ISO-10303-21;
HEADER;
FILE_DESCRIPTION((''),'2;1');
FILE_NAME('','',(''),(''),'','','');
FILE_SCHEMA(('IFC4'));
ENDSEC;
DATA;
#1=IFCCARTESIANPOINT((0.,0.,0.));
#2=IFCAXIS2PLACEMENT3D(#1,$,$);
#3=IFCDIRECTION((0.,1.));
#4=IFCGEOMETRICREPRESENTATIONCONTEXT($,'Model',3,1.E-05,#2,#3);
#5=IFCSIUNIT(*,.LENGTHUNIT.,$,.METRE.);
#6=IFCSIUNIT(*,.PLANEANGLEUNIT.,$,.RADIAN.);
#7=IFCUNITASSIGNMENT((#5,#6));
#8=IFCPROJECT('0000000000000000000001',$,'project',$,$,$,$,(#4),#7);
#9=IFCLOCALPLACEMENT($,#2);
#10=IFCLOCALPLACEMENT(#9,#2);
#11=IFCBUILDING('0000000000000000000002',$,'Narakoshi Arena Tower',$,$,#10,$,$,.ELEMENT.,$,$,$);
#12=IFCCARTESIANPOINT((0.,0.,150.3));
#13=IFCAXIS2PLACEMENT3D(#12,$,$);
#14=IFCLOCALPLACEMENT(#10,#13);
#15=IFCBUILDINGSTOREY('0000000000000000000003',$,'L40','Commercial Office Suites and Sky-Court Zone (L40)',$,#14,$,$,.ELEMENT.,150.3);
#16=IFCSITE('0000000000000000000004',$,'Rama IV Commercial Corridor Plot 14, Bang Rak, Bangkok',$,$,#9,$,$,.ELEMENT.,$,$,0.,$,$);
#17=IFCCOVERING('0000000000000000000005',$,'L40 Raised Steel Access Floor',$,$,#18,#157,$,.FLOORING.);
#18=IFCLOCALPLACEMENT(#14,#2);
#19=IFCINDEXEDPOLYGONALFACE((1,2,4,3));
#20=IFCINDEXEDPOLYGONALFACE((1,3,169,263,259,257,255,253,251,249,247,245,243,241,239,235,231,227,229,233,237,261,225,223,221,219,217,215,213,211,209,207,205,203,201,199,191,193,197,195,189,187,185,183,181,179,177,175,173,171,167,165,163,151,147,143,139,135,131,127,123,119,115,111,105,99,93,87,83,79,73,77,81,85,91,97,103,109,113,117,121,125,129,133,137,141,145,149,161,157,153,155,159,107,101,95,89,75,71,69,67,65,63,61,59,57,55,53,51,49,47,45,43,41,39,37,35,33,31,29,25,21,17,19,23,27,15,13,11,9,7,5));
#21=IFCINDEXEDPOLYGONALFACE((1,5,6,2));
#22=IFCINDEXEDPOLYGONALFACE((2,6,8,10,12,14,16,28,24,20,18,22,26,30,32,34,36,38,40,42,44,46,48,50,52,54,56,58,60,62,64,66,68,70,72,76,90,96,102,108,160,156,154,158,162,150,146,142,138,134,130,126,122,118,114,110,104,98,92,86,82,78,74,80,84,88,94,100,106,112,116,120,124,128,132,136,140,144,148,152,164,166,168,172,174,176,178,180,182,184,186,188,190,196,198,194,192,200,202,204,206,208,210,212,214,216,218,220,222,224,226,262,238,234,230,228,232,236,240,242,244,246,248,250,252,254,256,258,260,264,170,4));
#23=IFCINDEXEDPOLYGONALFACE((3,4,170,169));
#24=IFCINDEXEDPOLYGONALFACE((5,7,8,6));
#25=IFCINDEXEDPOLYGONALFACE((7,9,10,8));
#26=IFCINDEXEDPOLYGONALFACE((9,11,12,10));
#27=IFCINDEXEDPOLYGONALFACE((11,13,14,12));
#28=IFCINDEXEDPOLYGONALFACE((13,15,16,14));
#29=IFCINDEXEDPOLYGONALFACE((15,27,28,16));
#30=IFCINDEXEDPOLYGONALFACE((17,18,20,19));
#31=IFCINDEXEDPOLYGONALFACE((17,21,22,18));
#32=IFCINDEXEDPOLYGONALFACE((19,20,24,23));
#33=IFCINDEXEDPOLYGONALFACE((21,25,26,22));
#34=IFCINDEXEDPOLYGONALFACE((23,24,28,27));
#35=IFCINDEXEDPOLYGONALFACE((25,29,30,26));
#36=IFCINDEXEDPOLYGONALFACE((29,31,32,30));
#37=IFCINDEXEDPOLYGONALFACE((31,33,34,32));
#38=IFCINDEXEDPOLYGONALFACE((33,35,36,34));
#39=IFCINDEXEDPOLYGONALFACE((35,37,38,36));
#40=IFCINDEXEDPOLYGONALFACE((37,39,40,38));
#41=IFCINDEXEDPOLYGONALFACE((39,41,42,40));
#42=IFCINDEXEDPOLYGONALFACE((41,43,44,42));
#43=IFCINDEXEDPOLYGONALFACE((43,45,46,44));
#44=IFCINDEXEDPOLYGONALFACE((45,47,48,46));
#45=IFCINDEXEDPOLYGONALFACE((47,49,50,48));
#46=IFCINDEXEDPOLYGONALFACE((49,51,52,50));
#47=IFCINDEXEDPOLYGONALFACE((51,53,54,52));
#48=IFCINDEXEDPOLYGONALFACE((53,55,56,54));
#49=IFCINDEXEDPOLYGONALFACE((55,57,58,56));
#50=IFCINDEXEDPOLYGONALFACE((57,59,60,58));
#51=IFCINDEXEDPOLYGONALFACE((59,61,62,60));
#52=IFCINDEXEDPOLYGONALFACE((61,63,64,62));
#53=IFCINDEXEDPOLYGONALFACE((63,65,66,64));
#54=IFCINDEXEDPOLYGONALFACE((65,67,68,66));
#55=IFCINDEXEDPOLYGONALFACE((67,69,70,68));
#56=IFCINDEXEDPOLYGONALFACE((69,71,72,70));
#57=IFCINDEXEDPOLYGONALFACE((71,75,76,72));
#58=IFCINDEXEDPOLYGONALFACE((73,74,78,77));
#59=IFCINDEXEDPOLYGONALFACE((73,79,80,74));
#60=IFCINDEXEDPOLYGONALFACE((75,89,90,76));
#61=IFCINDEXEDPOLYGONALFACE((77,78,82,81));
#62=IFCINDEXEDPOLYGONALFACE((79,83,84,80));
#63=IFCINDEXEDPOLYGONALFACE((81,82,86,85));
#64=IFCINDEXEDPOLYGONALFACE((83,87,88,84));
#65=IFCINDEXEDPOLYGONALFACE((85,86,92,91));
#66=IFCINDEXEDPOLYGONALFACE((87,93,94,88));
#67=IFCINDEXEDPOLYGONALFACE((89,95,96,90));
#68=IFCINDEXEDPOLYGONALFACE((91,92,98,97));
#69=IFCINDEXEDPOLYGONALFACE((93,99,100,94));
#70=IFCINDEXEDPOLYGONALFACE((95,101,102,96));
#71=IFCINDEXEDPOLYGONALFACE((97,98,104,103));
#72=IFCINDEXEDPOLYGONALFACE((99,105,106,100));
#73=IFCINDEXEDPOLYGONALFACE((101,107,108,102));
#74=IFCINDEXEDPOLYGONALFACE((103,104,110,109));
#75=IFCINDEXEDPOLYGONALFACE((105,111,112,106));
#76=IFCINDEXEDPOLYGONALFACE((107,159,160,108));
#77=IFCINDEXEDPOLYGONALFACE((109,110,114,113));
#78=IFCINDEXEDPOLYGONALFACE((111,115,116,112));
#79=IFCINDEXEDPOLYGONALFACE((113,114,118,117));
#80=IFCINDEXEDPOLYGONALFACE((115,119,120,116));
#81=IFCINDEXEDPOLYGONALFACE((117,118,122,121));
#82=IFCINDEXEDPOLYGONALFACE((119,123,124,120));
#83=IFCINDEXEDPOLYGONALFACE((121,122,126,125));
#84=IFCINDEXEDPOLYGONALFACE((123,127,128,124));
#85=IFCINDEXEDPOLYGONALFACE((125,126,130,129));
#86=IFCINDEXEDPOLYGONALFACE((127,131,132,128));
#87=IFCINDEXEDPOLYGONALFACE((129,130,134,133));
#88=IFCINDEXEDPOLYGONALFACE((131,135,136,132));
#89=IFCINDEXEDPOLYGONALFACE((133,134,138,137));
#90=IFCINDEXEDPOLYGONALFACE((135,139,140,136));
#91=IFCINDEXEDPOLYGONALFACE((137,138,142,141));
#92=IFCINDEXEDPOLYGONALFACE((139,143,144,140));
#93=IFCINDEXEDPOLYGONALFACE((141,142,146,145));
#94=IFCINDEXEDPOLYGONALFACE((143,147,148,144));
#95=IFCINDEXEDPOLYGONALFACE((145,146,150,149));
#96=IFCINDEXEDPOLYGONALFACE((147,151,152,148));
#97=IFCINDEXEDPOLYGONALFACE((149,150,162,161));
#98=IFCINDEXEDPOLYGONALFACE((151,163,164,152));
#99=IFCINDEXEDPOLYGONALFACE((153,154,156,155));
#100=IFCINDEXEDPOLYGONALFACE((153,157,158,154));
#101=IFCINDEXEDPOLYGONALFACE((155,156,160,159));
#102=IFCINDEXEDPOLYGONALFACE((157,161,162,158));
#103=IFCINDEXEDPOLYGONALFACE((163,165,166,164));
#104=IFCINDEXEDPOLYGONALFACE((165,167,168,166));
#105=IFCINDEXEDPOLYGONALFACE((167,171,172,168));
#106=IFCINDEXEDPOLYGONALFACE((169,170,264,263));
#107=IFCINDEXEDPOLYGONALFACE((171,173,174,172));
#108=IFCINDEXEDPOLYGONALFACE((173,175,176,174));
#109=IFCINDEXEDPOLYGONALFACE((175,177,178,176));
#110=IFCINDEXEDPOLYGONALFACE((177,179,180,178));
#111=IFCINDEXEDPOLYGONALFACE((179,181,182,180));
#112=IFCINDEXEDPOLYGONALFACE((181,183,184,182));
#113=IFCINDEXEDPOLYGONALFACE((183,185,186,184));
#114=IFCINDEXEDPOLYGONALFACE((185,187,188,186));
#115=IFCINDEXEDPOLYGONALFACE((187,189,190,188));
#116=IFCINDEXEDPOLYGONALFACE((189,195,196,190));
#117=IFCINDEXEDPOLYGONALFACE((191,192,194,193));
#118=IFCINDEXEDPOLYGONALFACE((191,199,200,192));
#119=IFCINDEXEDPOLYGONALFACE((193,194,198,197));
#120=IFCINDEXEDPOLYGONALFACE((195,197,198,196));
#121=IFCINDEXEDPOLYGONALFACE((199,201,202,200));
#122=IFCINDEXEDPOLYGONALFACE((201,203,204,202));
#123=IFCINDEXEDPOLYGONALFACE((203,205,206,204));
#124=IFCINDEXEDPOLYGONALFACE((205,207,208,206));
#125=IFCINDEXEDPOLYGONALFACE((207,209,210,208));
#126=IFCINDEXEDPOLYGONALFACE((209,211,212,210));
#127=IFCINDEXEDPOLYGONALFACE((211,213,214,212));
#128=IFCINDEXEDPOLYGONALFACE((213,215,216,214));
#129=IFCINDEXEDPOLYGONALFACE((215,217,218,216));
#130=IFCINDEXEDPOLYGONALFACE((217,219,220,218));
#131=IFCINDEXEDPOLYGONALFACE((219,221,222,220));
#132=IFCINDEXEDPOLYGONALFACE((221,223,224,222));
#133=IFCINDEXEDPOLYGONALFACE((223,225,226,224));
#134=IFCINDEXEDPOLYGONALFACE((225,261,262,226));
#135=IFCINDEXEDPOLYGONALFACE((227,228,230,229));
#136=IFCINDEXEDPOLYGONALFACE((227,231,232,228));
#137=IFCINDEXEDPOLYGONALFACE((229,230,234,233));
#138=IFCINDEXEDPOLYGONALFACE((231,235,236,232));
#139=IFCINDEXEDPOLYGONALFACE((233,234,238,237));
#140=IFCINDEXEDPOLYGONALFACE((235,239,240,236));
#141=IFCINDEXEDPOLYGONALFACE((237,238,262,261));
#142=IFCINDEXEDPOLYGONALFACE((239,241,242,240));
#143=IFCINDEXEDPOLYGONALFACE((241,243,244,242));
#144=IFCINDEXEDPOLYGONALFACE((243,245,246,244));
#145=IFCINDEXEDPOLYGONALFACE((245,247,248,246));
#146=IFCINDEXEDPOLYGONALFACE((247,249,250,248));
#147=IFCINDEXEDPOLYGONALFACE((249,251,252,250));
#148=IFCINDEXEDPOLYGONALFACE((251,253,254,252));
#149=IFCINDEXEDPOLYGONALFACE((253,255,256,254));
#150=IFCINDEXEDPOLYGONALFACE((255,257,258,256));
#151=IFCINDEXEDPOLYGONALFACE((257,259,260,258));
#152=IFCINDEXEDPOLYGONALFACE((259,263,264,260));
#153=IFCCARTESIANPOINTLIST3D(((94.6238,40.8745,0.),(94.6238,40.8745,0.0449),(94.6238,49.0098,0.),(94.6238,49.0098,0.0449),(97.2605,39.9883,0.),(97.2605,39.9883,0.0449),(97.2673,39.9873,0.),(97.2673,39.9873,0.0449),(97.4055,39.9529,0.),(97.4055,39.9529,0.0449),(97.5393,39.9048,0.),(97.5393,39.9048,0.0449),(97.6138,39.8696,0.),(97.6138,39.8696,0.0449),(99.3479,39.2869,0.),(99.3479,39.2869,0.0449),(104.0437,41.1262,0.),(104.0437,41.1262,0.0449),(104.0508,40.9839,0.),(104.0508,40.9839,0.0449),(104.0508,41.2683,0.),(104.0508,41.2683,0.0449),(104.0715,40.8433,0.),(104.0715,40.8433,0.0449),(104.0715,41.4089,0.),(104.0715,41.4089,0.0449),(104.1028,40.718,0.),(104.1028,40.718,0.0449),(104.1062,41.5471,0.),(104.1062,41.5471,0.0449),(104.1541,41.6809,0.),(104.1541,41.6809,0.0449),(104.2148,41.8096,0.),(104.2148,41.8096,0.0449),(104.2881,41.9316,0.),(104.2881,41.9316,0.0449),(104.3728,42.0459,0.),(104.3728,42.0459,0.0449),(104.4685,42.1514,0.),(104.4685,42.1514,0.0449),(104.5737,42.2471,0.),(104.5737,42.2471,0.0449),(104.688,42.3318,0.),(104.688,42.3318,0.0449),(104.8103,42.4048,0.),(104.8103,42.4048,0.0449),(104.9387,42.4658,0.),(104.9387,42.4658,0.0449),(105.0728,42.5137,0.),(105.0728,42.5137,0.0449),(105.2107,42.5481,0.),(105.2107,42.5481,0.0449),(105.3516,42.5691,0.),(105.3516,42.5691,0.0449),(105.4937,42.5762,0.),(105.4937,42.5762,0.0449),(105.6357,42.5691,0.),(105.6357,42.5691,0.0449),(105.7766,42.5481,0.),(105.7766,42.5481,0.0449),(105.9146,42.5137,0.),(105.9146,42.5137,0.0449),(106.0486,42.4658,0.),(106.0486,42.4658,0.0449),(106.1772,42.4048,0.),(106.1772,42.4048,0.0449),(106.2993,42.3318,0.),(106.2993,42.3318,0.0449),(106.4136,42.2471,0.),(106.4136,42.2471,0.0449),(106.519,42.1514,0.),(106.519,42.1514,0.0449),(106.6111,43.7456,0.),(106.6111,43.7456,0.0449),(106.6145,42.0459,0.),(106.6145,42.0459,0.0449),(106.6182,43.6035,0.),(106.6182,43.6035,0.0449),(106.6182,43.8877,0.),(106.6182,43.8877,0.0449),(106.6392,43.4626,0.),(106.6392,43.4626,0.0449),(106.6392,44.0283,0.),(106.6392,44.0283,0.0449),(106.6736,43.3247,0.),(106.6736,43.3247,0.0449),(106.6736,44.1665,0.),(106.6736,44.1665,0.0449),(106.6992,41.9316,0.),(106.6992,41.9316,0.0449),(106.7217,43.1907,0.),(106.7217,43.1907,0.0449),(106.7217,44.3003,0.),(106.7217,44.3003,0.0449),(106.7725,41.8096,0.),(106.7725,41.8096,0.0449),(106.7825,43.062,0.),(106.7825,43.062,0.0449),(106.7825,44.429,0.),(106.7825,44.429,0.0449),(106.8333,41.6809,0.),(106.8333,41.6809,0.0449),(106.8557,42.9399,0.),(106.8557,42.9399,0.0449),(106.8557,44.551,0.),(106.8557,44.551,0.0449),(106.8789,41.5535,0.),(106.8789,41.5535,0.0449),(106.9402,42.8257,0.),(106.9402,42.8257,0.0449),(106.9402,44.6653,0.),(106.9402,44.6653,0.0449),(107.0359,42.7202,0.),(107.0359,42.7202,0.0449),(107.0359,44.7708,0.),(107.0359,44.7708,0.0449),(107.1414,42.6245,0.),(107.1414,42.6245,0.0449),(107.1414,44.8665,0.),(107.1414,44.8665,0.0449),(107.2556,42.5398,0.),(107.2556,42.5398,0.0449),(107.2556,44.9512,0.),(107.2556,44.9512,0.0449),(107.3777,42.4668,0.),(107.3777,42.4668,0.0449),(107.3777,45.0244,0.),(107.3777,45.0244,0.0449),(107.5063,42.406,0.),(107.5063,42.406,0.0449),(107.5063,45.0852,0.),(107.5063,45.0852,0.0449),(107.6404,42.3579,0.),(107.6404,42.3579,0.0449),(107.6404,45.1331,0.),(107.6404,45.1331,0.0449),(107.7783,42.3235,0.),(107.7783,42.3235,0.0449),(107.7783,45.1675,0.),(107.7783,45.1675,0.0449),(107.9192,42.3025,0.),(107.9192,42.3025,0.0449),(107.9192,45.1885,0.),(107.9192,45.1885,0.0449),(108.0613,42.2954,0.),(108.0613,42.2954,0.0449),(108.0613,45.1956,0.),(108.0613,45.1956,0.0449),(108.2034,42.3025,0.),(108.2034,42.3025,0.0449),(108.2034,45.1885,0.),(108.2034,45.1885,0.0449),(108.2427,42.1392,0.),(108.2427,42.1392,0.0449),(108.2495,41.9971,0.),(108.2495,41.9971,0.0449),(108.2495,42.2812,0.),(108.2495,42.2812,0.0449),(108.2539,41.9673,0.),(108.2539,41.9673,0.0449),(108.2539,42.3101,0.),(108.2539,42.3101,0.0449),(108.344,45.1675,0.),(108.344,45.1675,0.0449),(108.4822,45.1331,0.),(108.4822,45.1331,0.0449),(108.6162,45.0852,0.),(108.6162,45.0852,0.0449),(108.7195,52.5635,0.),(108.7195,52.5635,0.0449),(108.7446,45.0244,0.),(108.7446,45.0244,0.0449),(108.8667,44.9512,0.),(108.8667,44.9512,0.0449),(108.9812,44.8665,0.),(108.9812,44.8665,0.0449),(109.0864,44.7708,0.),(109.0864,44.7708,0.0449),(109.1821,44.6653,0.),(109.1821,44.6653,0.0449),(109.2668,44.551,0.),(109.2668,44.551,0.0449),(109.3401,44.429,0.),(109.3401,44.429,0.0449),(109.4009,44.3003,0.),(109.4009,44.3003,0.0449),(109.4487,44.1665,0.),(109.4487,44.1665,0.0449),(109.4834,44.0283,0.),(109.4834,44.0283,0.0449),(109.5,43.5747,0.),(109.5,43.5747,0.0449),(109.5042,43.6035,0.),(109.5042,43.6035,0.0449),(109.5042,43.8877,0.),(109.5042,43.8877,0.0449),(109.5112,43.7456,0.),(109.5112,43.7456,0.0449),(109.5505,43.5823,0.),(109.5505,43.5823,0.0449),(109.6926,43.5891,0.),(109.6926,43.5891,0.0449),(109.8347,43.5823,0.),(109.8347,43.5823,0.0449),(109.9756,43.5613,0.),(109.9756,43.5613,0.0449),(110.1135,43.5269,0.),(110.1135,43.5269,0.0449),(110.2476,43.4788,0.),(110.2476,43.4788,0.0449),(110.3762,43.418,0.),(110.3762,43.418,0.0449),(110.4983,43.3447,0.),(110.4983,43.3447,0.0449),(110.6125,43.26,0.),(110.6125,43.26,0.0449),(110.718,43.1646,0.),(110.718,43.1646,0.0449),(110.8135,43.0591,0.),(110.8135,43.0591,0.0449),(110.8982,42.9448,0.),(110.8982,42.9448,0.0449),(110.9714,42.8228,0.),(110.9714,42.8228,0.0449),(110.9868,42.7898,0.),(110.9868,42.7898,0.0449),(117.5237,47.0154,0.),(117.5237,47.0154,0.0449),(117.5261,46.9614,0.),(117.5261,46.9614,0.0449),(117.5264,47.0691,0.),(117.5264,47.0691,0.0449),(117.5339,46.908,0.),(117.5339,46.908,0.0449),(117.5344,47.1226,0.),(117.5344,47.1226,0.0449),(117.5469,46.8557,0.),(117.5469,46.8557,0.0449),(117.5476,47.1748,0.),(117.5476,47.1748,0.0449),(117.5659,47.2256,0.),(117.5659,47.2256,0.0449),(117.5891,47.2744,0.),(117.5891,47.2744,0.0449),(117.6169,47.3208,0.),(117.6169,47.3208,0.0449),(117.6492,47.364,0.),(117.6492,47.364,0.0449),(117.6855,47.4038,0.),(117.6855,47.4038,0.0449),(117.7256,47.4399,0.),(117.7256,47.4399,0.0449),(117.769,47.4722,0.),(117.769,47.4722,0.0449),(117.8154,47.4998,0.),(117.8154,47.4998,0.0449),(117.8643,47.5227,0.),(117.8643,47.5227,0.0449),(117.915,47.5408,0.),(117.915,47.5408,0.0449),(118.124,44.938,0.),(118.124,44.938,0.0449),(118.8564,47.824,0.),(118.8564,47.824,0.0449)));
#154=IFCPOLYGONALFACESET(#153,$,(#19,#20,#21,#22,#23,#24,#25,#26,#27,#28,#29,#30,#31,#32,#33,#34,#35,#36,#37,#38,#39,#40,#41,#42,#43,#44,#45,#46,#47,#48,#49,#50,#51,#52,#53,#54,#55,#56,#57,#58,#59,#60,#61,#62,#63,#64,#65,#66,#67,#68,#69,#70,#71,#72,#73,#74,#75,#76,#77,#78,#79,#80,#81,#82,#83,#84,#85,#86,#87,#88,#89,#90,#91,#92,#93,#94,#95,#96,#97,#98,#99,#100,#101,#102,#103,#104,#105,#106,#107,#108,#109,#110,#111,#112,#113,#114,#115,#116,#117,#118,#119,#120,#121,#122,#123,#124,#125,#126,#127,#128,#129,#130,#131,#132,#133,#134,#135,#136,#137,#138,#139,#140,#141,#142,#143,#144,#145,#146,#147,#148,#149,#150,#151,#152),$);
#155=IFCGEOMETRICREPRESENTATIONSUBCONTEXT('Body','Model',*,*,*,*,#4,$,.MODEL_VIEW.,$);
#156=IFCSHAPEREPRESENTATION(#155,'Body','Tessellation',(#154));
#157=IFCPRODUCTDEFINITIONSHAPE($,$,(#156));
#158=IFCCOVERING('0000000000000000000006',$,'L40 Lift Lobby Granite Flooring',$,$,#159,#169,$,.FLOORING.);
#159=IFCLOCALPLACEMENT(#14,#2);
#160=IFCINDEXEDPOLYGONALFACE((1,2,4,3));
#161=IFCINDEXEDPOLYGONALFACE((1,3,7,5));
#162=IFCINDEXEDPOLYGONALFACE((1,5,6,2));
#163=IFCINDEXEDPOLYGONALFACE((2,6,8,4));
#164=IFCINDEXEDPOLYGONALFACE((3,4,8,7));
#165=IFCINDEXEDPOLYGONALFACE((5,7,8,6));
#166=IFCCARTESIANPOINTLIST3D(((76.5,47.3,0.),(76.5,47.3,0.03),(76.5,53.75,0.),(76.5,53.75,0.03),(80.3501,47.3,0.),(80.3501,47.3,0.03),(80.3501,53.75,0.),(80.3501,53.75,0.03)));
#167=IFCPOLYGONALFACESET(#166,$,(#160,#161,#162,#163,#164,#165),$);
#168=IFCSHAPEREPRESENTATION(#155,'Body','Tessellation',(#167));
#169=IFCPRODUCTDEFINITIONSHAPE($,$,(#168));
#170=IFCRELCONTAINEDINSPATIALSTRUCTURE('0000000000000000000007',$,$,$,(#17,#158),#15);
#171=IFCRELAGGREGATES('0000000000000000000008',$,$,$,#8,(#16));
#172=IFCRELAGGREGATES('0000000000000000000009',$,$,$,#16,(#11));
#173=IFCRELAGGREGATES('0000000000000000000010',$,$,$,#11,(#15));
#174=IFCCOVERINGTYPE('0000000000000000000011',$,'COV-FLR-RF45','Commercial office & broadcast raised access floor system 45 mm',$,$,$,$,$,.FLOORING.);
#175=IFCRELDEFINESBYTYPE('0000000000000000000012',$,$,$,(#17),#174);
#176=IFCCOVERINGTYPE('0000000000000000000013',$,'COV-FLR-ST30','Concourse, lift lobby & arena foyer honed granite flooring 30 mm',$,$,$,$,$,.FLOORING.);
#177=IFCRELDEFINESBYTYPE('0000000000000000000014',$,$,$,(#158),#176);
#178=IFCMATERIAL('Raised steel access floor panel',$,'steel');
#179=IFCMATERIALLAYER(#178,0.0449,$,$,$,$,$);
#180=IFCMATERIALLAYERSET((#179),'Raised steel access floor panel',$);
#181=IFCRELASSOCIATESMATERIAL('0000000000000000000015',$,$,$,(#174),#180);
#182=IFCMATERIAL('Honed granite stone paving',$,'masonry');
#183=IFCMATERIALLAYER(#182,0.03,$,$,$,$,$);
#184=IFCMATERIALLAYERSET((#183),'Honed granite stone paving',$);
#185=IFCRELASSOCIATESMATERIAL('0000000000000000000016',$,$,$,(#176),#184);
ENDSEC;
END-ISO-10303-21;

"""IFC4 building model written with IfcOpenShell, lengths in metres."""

from ifc_helpers import new_model, si_unit, direction, frame, origin, place, context, subcontext, project, spatial, polyline, outline, extrude, material, layer, layer_set, type_object, element, save


model = new_model("IFC4")

# Units and contexts
model_context = context("Model", 3, precision=1e-05, world=origin(), true_north=direction((0.0, 1.0)))
body_context = subcontext(model_context, "Body", "Model", "MODEL_VIEW")
ifc_project = project(units=[si_unit("LENGTHUNIT", "METRE"), si_unit("PLANEANGLEUNIT", "RADIAN")], contexts=[model_context])

# Site, building, storey
site_placement = place(None, origin())
site = spatial("IfcSite", under=ifc_project, at=site_placement, Name="Rama IV Commercial Corridor Plot 14, Bang Rak, Bangkok", CompositionType="ELEMENT", RefElevation=0.0)
building_placement = place(site_placement, origin())
building = spatial("IfcBuilding", under=site, at=building_placement, Name="Narakoshi Arena Tower", CompositionType="ELEMENT")
storey_placement = place(building_placement, frame((0.0, 0.0, 150.3)))
storey = spatial("IfcBuildingStorey", under=building, at=storey_placement, Name="L40", Description="Commercial Office Suites and Sky-Court Zone (L40)", CompositionType="ELEMENT", Elevation=150.3)

# Coverings
ifc_material_1 = material(Name="Raised steel access floor panel", Category="steel")
ifc_layer_1 = layer(ifc_material_1, 0.0449)
ifc_layer_set_1 = layer_set([ifc_layer_1], Name="Raised steel access floor panel")
covering_type_1 = type_object("IfcCoveringType", Name="COV-FLR-RF45", Description="Commercial office & broadcast raised access floor system 45 mm", PredefinedType="FLOORING", material=ifc_layer_set_1)
covering_1_placement = place(storey_placement, origin())
element("IfcCovering", 1, at=covering_1_placement, inside=storey, type_object=covering_type_1, Name="L40 Raised Steel Access Floor", PredefinedType="FLOORING", context=body_context, shape_type="SweptSolid", body=[
    extrude(outline(polyline([(117.8643, 47.5227), (117.8154, 47.4998), (117.769, 47.4722), (117.7256, 47.4399), (117.6855, 47.4038), (117.6492, 47.364), (117.6169, 47.3208), (117.5891, 47.2744), (117.5659, 47.2256), (117.5476, 47.1748), (117.5344, 47.1226), (117.5264, 47.0691), (117.5237, 47.0154), (117.5261, 46.9614), (117.5339, 46.908), (117.5469, 46.8557), (118.124, 44.938), (110.9868, 42.7898), (110.9714, 42.8228), (110.8982, 42.9448), (110.8135, 43.0591), (110.718, 43.1646), (110.6125, 43.26), (110.4983, 43.3447), (110.3762, 43.418), (110.2476, 43.4788), (110.1135, 43.5269), (109.9756, 43.5613), (109.8347, 43.5823), (109.6926, 43.5891), (109.5505, 43.5823), (109.5, 43.5747), (109.5042, 43.6035), (109.5112, 43.7456), (109.5042, 43.8877), (109.4834, 44.0283), (109.4487, 44.1665), (109.4009, 44.3003), (109.3401, 44.429), (109.2668, 44.551), (109.1821, 44.6653), (109.0864, 44.7708), (108.9812, 44.8665), (108.8667, 44.9512), (108.7446, 45.0244), (108.6162, 45.0852), (108.4822, 45.1331), (108.344, 45.1675), (108.2034, 45.1885), (108.0613, 45.1956), (107.9192, 45.1885), (107.7783, 45.1675), (107.6404, 45.1331), (107.5063, 45.0852), (107.3777, 45.0244), (107.2556, 44.9512), (107.1414, 44.8665), (107.0359, 44.7708), (106.9402, 44.6653), (106.8557, 44.551), (106.7825, 44.429), (106.7217, 44.3003), (106.6736, 44.1665), (106.6392, 44.0283), (106.6182, 43.8877), (106.6111, 43.7456), (106.6182, 43.6035), (106.6392, 43.4626), (106.6736, 43.3247), (106.7217, 43.1907), (106.7825, 43.062), (106.8557, 42.9399), (106.9402, 42.8257), (107.0359, 42.7202), (107.1414, 42.6245), (107.2556, 42.5398), (107.3777, 42.4668), (107.5063, 42.406), (107.6404, 42.3579), (107.7783, 42.3235), (107.9192, 42.3025), (108.0613, 42.2954), (108.2034, 42.3025), (108.2539, 42.3101), (108.2495, 42.2812), (108.2427, 42.1392), (108.2495, 41.9971), (108.2539, 41.9673), (106.8789, 41.5535), (106.8333, 41.6809), (106.7725, 41.8096), (106.6992, 41.9316), (106.6145, 42.0459), (106.519, 42.1514), (106.4136, 42.2471), (106.2993, 42.3318), (106.1772, 42.4048), (106.0486, 42.4658), (105.9146, 42.5137), (105.7766, 42.5481), (105.6357, 42.5691), (105.4937, 42.5762), (105.3516, 42.5691), (105.2107, 42.5481), (105.0728, 42.5137), (104.9387, 42.4658), (104.8103, 42.4048), (104.688, 42.3318), (104.5737, 42.2471), (104.4685, 42.1514), (104.3728, 42.0459), (104.2881, 41.9316), (104.2148, 41.8096), (104.1541, 41.6809), (104.1062, 41.5471), (104.0715, 41.4089), (104.0508, 41.2683), (104.0437, 41.1262), (104.0508, 40.9839), (104.0715, 40.8433), (104.1028, 40.718), (99.3479, 39.2869), (97.6138, 39.8696), (97.5393, 39.9048), (97.4055, 39.9529), (97.2673, 39.9873), (97.2605, 39.9883), (94.6238, 40.8745), (94.6238, 49.0098), (108.7195, 52.5635), (118.8564, 47.824), (117.915, 47.5408), (117.8643, 47.5227)])), origin(), (0.0, 0.0, 1.0), 0.0449),
])
ifc_material_2 = material(Name="Honed granite stone paving", Category="masonry")
ifc_layer_2 = layer(ifc_material_2, 0.03)
ifc_layer_set_2 = layer_set([ifc_layer_2], Name="Honed granite stone paving")
covering_type_2 = type_object("IfcCoveringType", Name="COV-FLR-ST30", Description="Concourse, lift lobby & arena foyer honed granite flooring 30 mm", PredefinedType="FLOORING", material=ifc_layer_set_2)
covering_2_placement = place(storey_placement, origin())
element("IfcCovering", 2, at=covering_2_placement, inside=storey, type_object=covering_type_2, Name="L40 Lift Lobby Granite Flooring", PredefinedType="FLOORING", context=body_context, shape_type="SweptSolid", body=[
    extrude(outline(polyline([(76.5, 47.3), (80.3501, 47.3), (80.3501, 53.75), (76.5, 53.75), (76.5, 47.3)])), origin(), (0.0, 0.0, 1.0), 0.03),
])

save(model, "model.ifc")
